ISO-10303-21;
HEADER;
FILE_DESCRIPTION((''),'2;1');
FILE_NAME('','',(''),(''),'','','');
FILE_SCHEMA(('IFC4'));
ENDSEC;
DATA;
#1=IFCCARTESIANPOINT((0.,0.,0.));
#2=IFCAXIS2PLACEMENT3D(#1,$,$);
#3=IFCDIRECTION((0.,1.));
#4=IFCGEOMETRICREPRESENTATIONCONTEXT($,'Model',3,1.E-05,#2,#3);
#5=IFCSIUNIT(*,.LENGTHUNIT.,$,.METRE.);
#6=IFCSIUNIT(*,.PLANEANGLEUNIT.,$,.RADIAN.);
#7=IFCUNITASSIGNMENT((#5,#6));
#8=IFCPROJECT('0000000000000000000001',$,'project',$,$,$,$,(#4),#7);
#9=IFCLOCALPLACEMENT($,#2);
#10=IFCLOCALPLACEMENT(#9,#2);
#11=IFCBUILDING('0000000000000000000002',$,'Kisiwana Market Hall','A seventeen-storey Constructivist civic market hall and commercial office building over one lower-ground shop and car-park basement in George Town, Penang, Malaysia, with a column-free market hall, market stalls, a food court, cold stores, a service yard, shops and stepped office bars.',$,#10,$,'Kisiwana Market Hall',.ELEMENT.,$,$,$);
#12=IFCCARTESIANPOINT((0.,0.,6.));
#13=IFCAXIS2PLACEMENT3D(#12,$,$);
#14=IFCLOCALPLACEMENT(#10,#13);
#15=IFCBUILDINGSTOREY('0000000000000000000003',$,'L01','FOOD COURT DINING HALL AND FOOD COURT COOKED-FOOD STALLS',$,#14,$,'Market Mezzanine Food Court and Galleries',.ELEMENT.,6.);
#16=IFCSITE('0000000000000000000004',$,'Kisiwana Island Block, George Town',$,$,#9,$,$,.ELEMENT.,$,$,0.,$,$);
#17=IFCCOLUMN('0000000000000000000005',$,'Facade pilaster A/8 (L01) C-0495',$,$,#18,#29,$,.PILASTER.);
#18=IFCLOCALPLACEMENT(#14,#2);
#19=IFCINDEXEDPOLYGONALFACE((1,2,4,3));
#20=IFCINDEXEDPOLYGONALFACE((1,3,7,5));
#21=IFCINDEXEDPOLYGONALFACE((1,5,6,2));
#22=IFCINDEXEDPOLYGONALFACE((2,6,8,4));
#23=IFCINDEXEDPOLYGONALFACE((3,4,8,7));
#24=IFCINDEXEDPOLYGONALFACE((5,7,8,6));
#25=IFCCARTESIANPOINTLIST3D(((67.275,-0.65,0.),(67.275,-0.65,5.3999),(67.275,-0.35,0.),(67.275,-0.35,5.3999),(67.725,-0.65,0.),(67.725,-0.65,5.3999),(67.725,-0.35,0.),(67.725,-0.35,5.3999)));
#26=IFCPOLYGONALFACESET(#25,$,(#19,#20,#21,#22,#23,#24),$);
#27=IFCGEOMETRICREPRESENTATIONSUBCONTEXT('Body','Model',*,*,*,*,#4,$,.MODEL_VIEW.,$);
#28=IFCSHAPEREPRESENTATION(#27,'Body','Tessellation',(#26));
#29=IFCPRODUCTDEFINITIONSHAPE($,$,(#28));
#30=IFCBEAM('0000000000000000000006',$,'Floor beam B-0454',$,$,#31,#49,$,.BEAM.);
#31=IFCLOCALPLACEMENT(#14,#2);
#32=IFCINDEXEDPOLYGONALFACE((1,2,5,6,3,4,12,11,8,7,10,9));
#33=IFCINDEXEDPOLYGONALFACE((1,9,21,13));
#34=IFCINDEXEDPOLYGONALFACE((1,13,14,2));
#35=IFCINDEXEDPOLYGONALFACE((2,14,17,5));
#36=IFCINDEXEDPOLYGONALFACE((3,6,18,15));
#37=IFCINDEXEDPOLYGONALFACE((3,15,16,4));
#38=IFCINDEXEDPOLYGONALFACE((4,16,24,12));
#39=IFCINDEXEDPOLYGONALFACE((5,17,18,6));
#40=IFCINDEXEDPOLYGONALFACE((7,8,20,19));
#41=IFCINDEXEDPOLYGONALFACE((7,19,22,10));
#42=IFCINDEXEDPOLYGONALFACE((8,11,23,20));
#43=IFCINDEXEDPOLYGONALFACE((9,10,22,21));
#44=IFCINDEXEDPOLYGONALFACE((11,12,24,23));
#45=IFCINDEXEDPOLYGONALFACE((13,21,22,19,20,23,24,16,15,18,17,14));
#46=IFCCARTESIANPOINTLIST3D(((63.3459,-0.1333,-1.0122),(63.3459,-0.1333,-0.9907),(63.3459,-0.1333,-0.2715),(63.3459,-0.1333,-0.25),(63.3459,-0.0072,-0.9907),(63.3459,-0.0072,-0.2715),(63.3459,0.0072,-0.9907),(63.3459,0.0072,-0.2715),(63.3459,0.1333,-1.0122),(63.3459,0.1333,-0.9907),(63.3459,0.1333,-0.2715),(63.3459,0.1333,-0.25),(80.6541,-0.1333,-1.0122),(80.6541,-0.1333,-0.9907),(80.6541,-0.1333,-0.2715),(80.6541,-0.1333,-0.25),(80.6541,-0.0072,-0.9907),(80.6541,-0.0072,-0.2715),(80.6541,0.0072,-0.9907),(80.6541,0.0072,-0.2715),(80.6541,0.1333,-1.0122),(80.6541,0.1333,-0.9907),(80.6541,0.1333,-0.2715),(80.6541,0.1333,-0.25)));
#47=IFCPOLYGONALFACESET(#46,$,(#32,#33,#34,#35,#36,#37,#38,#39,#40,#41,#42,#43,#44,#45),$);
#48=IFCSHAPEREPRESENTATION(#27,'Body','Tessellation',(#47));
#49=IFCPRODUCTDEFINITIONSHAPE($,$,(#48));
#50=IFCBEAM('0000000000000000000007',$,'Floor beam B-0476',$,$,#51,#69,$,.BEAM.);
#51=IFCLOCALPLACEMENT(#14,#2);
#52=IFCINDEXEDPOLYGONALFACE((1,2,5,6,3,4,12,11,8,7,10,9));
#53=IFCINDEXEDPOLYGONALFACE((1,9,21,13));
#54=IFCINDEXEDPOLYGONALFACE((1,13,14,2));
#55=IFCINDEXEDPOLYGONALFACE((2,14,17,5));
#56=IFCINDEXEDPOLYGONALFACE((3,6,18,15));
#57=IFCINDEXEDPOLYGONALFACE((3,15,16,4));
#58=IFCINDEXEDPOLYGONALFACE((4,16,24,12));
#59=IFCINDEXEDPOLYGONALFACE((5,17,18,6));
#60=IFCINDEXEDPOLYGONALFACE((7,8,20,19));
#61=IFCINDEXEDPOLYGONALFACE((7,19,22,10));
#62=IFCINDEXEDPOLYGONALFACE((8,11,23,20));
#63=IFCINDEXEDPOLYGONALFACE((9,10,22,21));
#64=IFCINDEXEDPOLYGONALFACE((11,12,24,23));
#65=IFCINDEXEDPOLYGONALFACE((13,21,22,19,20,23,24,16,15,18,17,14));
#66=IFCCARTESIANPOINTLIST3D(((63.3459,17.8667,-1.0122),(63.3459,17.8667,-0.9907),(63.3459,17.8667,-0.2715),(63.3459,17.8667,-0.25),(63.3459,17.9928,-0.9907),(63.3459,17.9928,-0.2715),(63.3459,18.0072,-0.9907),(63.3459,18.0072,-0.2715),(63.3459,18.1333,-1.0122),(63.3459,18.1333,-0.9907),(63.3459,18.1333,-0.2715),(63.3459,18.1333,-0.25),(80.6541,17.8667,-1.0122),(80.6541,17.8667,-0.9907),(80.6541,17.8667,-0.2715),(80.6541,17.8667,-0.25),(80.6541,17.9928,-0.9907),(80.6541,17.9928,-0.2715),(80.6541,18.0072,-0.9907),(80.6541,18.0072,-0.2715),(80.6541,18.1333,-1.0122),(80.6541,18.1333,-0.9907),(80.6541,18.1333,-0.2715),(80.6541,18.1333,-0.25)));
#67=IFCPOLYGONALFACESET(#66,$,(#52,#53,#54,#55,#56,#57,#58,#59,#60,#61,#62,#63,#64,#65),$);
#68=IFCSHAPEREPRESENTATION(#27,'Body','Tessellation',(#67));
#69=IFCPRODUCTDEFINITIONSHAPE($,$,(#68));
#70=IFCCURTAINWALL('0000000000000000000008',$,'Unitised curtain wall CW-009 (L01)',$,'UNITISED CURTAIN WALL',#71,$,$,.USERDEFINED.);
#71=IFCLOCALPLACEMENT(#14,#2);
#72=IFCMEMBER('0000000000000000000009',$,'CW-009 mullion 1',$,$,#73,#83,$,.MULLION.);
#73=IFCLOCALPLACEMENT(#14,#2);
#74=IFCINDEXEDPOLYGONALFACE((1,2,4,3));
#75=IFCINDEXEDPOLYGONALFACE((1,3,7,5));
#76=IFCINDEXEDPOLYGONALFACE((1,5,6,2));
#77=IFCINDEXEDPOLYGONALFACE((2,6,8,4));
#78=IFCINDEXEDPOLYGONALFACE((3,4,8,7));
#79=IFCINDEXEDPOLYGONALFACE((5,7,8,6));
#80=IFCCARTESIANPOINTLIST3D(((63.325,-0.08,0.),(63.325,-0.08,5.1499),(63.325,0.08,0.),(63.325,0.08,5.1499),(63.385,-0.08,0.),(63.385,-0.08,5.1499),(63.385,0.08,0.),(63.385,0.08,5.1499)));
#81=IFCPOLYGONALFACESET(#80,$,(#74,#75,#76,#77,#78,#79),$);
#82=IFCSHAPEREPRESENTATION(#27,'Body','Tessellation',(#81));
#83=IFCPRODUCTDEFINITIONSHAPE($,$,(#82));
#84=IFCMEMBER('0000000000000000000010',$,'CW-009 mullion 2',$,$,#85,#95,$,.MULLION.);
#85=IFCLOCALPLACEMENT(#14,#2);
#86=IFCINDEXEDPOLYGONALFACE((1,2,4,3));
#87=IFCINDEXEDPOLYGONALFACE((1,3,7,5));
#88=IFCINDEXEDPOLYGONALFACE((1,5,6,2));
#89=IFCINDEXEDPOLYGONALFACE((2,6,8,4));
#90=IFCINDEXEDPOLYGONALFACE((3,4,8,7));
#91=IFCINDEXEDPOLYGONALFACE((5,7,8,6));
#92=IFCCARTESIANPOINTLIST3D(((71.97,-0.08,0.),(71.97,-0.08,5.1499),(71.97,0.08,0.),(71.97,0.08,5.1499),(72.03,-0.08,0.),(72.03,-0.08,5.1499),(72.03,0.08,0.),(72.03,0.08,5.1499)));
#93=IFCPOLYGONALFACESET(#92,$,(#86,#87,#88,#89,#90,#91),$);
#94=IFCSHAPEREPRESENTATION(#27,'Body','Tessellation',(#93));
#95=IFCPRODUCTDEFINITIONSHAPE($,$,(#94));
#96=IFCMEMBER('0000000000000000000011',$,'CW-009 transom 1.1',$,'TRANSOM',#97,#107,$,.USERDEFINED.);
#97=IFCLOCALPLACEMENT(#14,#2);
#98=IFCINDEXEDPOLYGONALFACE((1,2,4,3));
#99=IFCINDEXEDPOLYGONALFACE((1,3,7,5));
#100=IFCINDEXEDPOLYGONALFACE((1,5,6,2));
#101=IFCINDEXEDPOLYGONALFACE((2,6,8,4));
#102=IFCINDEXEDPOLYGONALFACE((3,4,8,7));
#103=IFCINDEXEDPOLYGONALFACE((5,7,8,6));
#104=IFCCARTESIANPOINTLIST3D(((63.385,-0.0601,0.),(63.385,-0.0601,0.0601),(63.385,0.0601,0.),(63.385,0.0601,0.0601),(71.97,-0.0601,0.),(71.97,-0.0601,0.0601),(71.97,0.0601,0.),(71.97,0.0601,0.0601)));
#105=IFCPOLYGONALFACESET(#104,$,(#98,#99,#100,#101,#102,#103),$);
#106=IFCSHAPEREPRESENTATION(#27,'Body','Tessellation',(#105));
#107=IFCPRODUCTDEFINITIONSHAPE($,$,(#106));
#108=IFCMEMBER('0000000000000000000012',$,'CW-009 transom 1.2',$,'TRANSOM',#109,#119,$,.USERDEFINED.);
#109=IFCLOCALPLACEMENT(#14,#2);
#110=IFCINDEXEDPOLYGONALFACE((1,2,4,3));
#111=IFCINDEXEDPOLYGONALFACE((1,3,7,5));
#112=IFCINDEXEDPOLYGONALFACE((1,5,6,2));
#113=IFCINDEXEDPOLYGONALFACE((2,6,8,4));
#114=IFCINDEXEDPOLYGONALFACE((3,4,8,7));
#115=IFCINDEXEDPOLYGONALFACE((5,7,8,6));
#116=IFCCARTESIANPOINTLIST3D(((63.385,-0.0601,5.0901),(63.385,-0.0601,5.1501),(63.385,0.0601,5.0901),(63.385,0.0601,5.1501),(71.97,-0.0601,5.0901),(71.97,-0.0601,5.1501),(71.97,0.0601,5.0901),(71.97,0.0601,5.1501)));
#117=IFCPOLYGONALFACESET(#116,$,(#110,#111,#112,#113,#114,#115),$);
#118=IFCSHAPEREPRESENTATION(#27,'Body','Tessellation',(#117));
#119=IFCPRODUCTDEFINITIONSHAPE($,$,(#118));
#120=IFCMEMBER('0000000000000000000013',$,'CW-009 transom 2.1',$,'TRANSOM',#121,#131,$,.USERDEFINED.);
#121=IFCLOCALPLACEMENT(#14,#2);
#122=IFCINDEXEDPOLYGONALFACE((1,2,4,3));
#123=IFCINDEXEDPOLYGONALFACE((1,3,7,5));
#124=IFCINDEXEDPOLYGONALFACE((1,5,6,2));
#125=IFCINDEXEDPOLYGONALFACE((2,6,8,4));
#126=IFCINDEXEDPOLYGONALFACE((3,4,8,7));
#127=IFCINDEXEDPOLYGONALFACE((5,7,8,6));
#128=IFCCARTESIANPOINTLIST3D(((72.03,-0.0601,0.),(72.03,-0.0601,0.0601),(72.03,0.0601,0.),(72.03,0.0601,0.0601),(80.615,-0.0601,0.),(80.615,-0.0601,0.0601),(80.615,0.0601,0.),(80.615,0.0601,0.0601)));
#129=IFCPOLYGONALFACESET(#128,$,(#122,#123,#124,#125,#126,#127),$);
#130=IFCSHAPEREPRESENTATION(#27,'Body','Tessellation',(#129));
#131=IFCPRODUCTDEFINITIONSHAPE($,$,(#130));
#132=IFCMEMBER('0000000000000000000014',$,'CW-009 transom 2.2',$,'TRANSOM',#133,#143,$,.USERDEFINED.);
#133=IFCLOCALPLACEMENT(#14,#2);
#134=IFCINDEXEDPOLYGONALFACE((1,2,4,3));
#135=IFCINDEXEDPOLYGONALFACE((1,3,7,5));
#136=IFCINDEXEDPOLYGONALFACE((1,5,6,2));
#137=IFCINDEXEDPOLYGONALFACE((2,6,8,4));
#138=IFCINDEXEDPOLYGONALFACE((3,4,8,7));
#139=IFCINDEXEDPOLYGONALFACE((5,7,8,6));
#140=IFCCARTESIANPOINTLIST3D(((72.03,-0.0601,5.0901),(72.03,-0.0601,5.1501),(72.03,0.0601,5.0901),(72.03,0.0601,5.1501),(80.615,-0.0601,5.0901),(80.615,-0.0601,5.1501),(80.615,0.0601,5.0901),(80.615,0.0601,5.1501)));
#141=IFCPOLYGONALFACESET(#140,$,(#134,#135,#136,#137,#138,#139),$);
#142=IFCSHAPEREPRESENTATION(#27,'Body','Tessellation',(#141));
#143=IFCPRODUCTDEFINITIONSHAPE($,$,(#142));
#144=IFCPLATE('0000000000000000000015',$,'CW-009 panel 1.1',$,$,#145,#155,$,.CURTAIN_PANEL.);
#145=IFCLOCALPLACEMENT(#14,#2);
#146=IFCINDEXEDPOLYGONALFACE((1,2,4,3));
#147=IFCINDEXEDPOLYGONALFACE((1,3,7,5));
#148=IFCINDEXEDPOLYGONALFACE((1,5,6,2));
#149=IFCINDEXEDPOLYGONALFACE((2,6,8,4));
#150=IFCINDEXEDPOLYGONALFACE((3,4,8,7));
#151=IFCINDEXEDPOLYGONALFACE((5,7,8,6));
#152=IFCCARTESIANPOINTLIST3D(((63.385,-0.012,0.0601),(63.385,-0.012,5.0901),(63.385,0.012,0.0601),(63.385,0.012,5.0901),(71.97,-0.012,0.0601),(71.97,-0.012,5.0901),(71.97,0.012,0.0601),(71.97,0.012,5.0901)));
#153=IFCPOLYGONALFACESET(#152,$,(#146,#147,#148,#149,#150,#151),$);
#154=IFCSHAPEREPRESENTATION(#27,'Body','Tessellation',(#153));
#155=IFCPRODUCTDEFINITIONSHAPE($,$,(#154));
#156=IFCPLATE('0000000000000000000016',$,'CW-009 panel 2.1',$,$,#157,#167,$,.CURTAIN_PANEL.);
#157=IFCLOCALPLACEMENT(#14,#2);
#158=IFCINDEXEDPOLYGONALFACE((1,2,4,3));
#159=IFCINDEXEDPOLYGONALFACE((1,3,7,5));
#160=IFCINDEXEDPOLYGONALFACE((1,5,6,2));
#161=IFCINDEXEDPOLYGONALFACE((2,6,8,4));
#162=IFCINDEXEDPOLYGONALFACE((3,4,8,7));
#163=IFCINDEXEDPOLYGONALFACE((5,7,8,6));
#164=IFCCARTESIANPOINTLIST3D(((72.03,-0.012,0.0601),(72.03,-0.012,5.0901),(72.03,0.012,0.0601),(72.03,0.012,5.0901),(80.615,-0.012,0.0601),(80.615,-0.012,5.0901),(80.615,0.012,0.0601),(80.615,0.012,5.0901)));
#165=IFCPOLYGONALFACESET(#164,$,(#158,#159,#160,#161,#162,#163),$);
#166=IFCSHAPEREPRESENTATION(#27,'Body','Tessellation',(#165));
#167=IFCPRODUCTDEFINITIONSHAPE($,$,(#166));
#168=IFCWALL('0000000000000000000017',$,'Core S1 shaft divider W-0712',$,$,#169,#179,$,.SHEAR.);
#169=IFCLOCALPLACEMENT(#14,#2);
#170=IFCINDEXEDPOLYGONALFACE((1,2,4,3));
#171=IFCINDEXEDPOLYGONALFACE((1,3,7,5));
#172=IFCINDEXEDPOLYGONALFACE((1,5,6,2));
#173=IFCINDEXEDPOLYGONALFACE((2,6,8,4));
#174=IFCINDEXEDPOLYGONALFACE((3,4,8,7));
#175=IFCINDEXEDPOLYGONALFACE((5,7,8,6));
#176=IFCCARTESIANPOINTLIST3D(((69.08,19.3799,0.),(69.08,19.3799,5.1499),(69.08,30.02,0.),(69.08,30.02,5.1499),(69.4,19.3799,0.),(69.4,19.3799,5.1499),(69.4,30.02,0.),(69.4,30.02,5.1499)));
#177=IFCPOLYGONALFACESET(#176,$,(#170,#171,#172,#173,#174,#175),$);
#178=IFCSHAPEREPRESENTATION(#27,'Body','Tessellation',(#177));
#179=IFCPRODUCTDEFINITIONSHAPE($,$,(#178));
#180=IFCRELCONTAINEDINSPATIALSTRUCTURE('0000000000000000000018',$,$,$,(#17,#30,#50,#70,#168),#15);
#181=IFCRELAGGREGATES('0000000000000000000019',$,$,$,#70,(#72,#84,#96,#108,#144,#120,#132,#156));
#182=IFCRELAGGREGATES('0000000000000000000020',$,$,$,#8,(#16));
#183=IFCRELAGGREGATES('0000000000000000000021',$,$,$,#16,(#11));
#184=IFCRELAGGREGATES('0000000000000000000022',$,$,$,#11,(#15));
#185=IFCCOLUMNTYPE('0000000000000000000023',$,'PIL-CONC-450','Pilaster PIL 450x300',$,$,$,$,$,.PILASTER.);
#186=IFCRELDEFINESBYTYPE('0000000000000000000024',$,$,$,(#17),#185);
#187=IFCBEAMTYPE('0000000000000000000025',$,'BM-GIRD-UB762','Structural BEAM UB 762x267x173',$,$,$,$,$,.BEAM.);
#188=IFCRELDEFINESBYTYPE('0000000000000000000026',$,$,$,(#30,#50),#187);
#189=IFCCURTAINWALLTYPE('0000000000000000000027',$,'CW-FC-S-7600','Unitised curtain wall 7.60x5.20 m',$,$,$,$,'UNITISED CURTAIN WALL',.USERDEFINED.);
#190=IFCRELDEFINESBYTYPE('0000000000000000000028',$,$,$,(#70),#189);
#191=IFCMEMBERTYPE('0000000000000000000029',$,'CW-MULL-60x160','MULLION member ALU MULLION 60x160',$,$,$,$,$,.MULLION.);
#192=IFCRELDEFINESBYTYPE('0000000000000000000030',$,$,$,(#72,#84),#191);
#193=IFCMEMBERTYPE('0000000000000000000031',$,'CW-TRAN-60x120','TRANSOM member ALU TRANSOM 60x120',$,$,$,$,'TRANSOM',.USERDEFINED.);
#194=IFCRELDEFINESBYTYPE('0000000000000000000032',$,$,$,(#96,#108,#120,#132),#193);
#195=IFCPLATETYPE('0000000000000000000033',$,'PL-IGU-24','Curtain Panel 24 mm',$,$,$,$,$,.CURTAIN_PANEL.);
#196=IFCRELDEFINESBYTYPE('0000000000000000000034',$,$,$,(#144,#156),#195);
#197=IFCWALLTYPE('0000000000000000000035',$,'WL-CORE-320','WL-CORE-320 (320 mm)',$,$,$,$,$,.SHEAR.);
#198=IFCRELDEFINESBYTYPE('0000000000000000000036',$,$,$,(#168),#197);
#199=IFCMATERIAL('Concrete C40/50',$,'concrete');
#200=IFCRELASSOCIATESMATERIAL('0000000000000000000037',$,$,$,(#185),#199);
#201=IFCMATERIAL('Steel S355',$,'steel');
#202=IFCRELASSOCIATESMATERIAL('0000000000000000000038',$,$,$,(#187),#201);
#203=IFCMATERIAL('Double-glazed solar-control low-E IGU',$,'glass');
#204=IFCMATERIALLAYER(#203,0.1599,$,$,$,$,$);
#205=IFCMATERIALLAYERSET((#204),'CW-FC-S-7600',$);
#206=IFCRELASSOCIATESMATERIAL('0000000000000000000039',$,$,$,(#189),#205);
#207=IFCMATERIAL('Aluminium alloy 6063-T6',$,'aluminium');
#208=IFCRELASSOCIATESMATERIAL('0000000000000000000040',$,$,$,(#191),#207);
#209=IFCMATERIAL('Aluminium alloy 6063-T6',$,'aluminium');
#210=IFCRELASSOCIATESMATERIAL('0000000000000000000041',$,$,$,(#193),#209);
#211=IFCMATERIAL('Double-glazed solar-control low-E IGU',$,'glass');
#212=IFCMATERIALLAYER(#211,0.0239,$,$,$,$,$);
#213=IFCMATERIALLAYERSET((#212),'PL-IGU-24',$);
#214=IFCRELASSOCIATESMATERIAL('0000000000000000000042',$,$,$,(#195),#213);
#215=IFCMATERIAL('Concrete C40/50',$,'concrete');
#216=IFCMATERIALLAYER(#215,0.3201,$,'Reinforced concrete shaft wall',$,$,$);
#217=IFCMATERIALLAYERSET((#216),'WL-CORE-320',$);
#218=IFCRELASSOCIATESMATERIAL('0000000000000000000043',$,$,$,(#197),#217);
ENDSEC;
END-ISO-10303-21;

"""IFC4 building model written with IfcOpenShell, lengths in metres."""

from ifc_helpers import new_model, si_unit, direction, frame, frame_2d, origin, origin_2d, place, context, subcontext, project, spatial, rectangle, i_section, extrude, material, layer, layer_set, material_profile, profile_set, type_object, element, aggregate, save


model = new_model("IFC4")

# Units and contexts
model_context = context("Model", 3, precision=1e-05, world=origin(), true_north=direction((0.0, 1.0)))
body_context = subcontext(model_context, "Body", "Model", "MODEL_VIEW")
ifc_project = project(units=[si_unit("LENGTHUNIT", "METRE"), si_unit("PLANEANGLEUNIT", "RADIAN")], contexts=[model_context])

# Site, building, storey
site_placement = place(None, origin())
site = spatial("IfcSite", under=ifc_project, at=site_placement, Name="Kisiwana Island Block, George Town", CompositionType="ELEMENT", RefElevation=0.0)
building_placement = place(site_placement, origin())
building = spatial("IfcBuilding", under=site, at=building_placement, Name="Kisiwana Market Hall", Description="A seventeen-storey Constructivist civic market hall and commercial office building over one lower-ground shop and car-park basement in George Town, Penang, Malaysia, with a column-free market hall, market stalls, a food court, cold stores, a service yard, shops and stepped office bars.", LongName="Kisiwana Market Hall", CompositionType="ELEMENT")
storey_placement = place(building_placement, frame((0.0, 0.0, 6.0)))
storey = spatial("IfcBuildingStorey", under=building, at=storey_placement, Name="L01", Description="FOOD COURT DINING HALL AND FOOD COURT COOKED-FOOD STALLS", LongName="Market Mezzanine Food Court and Galleries", CompositionType="ELEMENT", Elevation=6.0)

# Column
ifc_material_1 = material(Name="Concrete C40/50", Category="concrete")
ifc_material_profile_1 = material_profile(ifc_material_1, rectangle(XDim=0.45, YDim=0.3, at=origin_2d()), Name="PIL 450x300")
ifc_profile_set_1 = profile_set([ifc_material_profile_1], Name="Concrete C40/50")
column_type = type_object("IfcColumnType", Name="PIL-CONC-450", Description="Pilaster PIL 450x300", PredefinedType="PILASTER", material=ifc_profile_set_1)
column_placement = place(storey_placement, frame((67.5, -0.5, 0.0), z_axis=(0.0, 0.0, 1.0), x_axis=(1.0, 0.0, 0.0)))
element("IfcColumn", 1, at=column_placement, inside=storey, type_object=column_type, Name="Facade pilaster A/8 (L01) C-0495", PredefinedType="PILASTER", context=body_context, shape_type="SweptSolid", body=[
    extrude(rectangle(XDim=0.45, YDim=0.3, at=origin_2d()), origin(), (0.0, 0.0, 1.0), 5.3999),
])

# Beams
ifc_material_2 = material(Name="Steel S355", Category="steel")
ifc_material_profile_2 = material_profile(ifc_material_2, i_section(OverallWidth=0.2666, OverallDepth=0.7622, WebThickness=0.0144, FlangeThickness=0.0215, at=origin_2d()), Name="UB 762x267x173")
ifc_profile_set_2 = profile_set([ifc_material_profile_2], Name="Steel S355")
beam_type = type_object("IfcBeamType", Name="BM-GIRD-UB762", Description="Structural BEAM UB 762x267x173", PredefinedType="BEAM", material=ifc_profile_set_2)
for number, where, z_axis, x_axis, name in (
    (2, (63.3459, 0.0, -0.6311), (1.0, 0.0, 0.0), (0.0, 1.0, 0.0), "Floor beam B-0454"),
    (3, (63.3459, 18.0, -0.6311), (1.0, 0.0, 0.0), (0.0, 1.0, 0.0), "Floor beam B-0476"),
):
    element("IfcBeam", number, at=place(storey_placement, frame(where, z_axis=z_axis, x_axis=x_axis)), inside=storey, type_object=beam_type, Name=name, PredefinedType="BEAM", context=body_context, shape_type="SweptSolid", body=[
        extrude(i_section(OverallWidth=0.2666, OverallDepth=0.7622, WebThickness=0.0144, FlangeThickness=0.0215, at=origin_2d()), origin(), (0.0, 0.0, 1.0), 17.3081),
    ])

# Curtain wall, members, plates
ifc_material_3 = material(Name="Double-glazed solar-control low-E IGU", Category="glass")
ifc_layer_1 = layer(ifc_material_3, 0.1599)
ifc_layer_set_1 = layer_set([ifc_layer_1], Name="CW-FC-S-7600")
curtain_wall_type = type_object("IfcCurtainWallType", Name="CW-FC-S-7600", Description="Unitised curtain wall 7.60x5.20 m", ElementType="UNITISED CURTAIN WALL", PredefinedType="USERDEFINED", material=ifc_layer_set_1)
curtain_wall_placement = place(storey_placement, origin())
curtain_wall = element("IfcCurtainWall", 4, at=curtain_wall_placement, inside=storey, type_object=curtain_wall_type, Name="Unitised curtain wall CW-009 (L01)", ObjectType="UNITISED CURTAIN WALL", PredefinedType="USERDEFINED")
ifc_material_4 = material(Name="Aluminium alloy 6063-T6", Category="aluminium")
ifc_material_profile_3 = material_profile(ifc_material_4, rectangle(XDim=0.0601, YDim=0.1599, at=origin_2d()), Name="ALU MULLION 60x160")
ifc_profile_set_3 = profile_set([ifc_material_profile_3], Name="Aluminium alloy 6063-T6")
member_type_1 = type_object("IfcMemberType", Name="CW-MULL-60x160", Description="MULLION member ALU MULLION 60x160", PredefinedType="MULLION", material=ifc_profile_set_3)
member_1_placement = place(storey_placement, frame((63.355, 0.0, 0.0), z_axis=(0.0, 0.0, 1.0), x_axis=(1.0, 0.0, 0.0)))
member_1 = element("IfcMember", 5, at=member_1_placement, type_object=member_type_1, Name="CW-009 mullion 1", PredefinedType="MULLION", context=body_context, shape_type="SweptSolid", body=[
    extrude(rectangle(XDim=0.0601, YDim=0.1599, at=origin_2d()), origin(), (0.0, 0.0, 1.0), 5.1499),
])
member_2_placement = place(storey_placement, frame((72.0, 0.0, 0.0), z_axis=(0.0, 0.0, 1.0), x_axis=(1.0, 0.0, 0.0)))
member_2 = element("IfcMember", 6, at=member_2_placement, type_object=member_type_1, Name="CW-009 mullion 2", PredefinedType="MULLION", context=body_context, shape_type="SweptSolid", body=[
    extrude(rectangle(XDim=0.0601, YDim=0.1599, at=origin_2d()), origin(), (0.0, 0.0, 1.0), 5.1499),
])
ifc_material_5 = material(Name="Aluminium alloy 6063-T6", Category="aluminium")
ifc_material_profile_4 = material_profile(ifc_material_5, rectangle(XDim=0.1201, YDim=0.0601, at=origin_2d()), Name="ALU TRANSOM 60x120")
ifc_profile_set_4 = profile_set([ifc_material_profile_4], Name="Aluminium alloy 6063-T6")
member_type_2 = type_object("IfcMemberType", Name="CW-TRAN-60x120", Description="TRANSOM member ALU TRANSOM 60x120", ElementType="TRANSOM", PredefinedType="USERDEFINED", material=ifc_profile_set_4)
member_3_placement = place(storey_placement, frame((63.385, 0.0, 0.03), z_axis=(1.0, 0.0, 0.0), x_axis=(0.0, 1.0, 0.0)))
member_3 = element("IfcMember", 7, at=member_3_placement, type_object=member_type_2, Name="CW-009 transom 1.1", ObjectType="TRANSOM", PredefinedType="USERDEFINED", context=body_context, shape_type="SweptSolid", body=[
    extrude(rectangle(XDim=0.1201, YDim=0.0601, at=origin_2d()), origin(), (0.0, 0.0, 1.0), 8.585),
])
member_4_placement = place(storey_placement, frame((63.385, 0.0, 5.1201), z_axis=(1.0, 0.0, 0.0), x_axis=(0.0, 1.0, 0.0)))
member_4 = element("IfcMember", 8, at=member_4_placement, type_object=member_type_2, Name="CW-009 transom 1.2", ObjectType="TRANSOM", PredefinedType="USERDEFINED", context=body_context, shape_type="SweptSolid", body=[
    extrude(rectangle(XDim=0.1201, YDim=0.0601, at=origin_2d()), origin(), (0.0, 0.0, 1.0), 8.585),
])
member_5_placement = place(storey_placement, frame((72.03, 0.0, 0.03), z_axis=(1.0, 0.0, 0.0), x_axis=(0.0, 1.0, 0.0)))
member_5 = element("IfcMember", 9, at=member_5_placement, type_object=member_type_2, Name="CW-009 transom 2.1", ObjectType="TRANSOM", PredefinedType="USERDEFINED", context=body_context, shape_type="SweptSolid", body=[
    extrude(rectangle(XDim=0.1201, YDim=0.0601, at=origin_2d()), origin(), (0.0, 0.0, 1.0), 8.585),
])
member_6_placement = place(storey_placement, frame((72.03, 0.0, 5.1201), z_axis=(1.0, 0.0, 0.0), x_axis=(0.0, 1.0, 0.0)))
member_6 = element("IfcMember", 10, at=member_6_placement, type_object=member_type_2, Name="CW-009 transom 2.2", ObjectType="TRANSOM", PredefinedType="USERDEFINED", context=body_context, shape_type="SweptSolid", body=[
    extrude(rectangle(XDim=0.1201, YDim=0.0601, at=origin_2d()), origin(), (0.0, 0.0, 1.0), 8.585),
])
ifc_material_6 = material(Name="Double-glazed solar-control low-E IGU", Category="glass")
ifc_layer_2 = layer(ifc_material_6, 0.0239)
ifc_layer_set_2 = layer_set([ifc_layer_2], Name="PL-IGU-24")
plate_type = type_object("IfcPlateType", Name="PL-IGU-24", Description="Curtain Panel 24 mm", PredefinedType="CURTAIN_PANEL", material=ifc_layer_set_2)
plate_1_placement = place(storey_placement, frame((67.6775, 0.0, 0.0601), z_axis=(0.0, 0.0, 1.0), x_axis=(1.0, 0.0, 0.0)))
plate_1 = element("IfcPlate", 11, at=plate_1_placement, type_object=plate_type, Name="CW-009 panel 1.1", PredefinedType="CURTAIN_PANEL", context=body_context, shape_type="SweptSolid", body=[
    extrude(rectangle(XDim=8.585, YDim=0.0239, at=origin_2d()), origin(), (0.0, 0.0, 1.0), 5.03),
])
plate_2_placement = place(storey_placement, frame((76.3225, 0.0, 0.0601), z_axis=(0.0, 0.0, 1.0), x_axis=(1.0, 0.0, 0.0)))
plate_2 = element("IfcPlate", 12, at=plate_2_placement, type_object=plate_type, Name="CW-009 panel 2.1", PredefinedType="CURTAIN_PANEL", context=body_context, shape_type="SweptSolid", body=[
    extrude(rectangle(XDim=8.585, YDim=0.0239, at=origin_2d()), origin(), (0.0, 0.0, 1.0), 5.03),
])
aggregate(curtain_wall, [member_1, member_2, member_3, member_4, plate_1, member_5, member_6, plate_2])

# Wall
ifc_material_7 = material(Name="Concrete C40/50", Category="concrete")
ifc_layer_3 = layer(ifc_material_7, 0.3201, Name="Reinforced concrete shaft wall")
ifc_layer_set_3 = layer_set([ifc_layer_3], Name="WL-CORE-320")
wall_type_1 = type_object("IfcWallType", Name="WL-CORE-320", Description="WL-CORE-320 (320 mm)", PredefinedType="SHEAR", material=ifc_layer_set_3)
wall_1_placement = place(storey_placement, frame((69.24, 19.3799, 0.0), z_axis=(0.0, 0.0, 1.0), x_axis=(0.0, 1.0, 0.0)))
element("IfcWall", 13, at=wall_1_placement, inside=storey, type_object=wall_type_1, Name="Core S1 shaft divider W-0712", PredefinedType="SHEAR", context=body_context, shape_type="SweptSolid", body=[
    extrude(rectangle(XDim=10.6401, YDim=0.3201, at=frame_2d((5.3201, 0.0))), origin(), (0.0, 0.0, 1.0), 5.1499),
])

save(model, "model.ifc")
